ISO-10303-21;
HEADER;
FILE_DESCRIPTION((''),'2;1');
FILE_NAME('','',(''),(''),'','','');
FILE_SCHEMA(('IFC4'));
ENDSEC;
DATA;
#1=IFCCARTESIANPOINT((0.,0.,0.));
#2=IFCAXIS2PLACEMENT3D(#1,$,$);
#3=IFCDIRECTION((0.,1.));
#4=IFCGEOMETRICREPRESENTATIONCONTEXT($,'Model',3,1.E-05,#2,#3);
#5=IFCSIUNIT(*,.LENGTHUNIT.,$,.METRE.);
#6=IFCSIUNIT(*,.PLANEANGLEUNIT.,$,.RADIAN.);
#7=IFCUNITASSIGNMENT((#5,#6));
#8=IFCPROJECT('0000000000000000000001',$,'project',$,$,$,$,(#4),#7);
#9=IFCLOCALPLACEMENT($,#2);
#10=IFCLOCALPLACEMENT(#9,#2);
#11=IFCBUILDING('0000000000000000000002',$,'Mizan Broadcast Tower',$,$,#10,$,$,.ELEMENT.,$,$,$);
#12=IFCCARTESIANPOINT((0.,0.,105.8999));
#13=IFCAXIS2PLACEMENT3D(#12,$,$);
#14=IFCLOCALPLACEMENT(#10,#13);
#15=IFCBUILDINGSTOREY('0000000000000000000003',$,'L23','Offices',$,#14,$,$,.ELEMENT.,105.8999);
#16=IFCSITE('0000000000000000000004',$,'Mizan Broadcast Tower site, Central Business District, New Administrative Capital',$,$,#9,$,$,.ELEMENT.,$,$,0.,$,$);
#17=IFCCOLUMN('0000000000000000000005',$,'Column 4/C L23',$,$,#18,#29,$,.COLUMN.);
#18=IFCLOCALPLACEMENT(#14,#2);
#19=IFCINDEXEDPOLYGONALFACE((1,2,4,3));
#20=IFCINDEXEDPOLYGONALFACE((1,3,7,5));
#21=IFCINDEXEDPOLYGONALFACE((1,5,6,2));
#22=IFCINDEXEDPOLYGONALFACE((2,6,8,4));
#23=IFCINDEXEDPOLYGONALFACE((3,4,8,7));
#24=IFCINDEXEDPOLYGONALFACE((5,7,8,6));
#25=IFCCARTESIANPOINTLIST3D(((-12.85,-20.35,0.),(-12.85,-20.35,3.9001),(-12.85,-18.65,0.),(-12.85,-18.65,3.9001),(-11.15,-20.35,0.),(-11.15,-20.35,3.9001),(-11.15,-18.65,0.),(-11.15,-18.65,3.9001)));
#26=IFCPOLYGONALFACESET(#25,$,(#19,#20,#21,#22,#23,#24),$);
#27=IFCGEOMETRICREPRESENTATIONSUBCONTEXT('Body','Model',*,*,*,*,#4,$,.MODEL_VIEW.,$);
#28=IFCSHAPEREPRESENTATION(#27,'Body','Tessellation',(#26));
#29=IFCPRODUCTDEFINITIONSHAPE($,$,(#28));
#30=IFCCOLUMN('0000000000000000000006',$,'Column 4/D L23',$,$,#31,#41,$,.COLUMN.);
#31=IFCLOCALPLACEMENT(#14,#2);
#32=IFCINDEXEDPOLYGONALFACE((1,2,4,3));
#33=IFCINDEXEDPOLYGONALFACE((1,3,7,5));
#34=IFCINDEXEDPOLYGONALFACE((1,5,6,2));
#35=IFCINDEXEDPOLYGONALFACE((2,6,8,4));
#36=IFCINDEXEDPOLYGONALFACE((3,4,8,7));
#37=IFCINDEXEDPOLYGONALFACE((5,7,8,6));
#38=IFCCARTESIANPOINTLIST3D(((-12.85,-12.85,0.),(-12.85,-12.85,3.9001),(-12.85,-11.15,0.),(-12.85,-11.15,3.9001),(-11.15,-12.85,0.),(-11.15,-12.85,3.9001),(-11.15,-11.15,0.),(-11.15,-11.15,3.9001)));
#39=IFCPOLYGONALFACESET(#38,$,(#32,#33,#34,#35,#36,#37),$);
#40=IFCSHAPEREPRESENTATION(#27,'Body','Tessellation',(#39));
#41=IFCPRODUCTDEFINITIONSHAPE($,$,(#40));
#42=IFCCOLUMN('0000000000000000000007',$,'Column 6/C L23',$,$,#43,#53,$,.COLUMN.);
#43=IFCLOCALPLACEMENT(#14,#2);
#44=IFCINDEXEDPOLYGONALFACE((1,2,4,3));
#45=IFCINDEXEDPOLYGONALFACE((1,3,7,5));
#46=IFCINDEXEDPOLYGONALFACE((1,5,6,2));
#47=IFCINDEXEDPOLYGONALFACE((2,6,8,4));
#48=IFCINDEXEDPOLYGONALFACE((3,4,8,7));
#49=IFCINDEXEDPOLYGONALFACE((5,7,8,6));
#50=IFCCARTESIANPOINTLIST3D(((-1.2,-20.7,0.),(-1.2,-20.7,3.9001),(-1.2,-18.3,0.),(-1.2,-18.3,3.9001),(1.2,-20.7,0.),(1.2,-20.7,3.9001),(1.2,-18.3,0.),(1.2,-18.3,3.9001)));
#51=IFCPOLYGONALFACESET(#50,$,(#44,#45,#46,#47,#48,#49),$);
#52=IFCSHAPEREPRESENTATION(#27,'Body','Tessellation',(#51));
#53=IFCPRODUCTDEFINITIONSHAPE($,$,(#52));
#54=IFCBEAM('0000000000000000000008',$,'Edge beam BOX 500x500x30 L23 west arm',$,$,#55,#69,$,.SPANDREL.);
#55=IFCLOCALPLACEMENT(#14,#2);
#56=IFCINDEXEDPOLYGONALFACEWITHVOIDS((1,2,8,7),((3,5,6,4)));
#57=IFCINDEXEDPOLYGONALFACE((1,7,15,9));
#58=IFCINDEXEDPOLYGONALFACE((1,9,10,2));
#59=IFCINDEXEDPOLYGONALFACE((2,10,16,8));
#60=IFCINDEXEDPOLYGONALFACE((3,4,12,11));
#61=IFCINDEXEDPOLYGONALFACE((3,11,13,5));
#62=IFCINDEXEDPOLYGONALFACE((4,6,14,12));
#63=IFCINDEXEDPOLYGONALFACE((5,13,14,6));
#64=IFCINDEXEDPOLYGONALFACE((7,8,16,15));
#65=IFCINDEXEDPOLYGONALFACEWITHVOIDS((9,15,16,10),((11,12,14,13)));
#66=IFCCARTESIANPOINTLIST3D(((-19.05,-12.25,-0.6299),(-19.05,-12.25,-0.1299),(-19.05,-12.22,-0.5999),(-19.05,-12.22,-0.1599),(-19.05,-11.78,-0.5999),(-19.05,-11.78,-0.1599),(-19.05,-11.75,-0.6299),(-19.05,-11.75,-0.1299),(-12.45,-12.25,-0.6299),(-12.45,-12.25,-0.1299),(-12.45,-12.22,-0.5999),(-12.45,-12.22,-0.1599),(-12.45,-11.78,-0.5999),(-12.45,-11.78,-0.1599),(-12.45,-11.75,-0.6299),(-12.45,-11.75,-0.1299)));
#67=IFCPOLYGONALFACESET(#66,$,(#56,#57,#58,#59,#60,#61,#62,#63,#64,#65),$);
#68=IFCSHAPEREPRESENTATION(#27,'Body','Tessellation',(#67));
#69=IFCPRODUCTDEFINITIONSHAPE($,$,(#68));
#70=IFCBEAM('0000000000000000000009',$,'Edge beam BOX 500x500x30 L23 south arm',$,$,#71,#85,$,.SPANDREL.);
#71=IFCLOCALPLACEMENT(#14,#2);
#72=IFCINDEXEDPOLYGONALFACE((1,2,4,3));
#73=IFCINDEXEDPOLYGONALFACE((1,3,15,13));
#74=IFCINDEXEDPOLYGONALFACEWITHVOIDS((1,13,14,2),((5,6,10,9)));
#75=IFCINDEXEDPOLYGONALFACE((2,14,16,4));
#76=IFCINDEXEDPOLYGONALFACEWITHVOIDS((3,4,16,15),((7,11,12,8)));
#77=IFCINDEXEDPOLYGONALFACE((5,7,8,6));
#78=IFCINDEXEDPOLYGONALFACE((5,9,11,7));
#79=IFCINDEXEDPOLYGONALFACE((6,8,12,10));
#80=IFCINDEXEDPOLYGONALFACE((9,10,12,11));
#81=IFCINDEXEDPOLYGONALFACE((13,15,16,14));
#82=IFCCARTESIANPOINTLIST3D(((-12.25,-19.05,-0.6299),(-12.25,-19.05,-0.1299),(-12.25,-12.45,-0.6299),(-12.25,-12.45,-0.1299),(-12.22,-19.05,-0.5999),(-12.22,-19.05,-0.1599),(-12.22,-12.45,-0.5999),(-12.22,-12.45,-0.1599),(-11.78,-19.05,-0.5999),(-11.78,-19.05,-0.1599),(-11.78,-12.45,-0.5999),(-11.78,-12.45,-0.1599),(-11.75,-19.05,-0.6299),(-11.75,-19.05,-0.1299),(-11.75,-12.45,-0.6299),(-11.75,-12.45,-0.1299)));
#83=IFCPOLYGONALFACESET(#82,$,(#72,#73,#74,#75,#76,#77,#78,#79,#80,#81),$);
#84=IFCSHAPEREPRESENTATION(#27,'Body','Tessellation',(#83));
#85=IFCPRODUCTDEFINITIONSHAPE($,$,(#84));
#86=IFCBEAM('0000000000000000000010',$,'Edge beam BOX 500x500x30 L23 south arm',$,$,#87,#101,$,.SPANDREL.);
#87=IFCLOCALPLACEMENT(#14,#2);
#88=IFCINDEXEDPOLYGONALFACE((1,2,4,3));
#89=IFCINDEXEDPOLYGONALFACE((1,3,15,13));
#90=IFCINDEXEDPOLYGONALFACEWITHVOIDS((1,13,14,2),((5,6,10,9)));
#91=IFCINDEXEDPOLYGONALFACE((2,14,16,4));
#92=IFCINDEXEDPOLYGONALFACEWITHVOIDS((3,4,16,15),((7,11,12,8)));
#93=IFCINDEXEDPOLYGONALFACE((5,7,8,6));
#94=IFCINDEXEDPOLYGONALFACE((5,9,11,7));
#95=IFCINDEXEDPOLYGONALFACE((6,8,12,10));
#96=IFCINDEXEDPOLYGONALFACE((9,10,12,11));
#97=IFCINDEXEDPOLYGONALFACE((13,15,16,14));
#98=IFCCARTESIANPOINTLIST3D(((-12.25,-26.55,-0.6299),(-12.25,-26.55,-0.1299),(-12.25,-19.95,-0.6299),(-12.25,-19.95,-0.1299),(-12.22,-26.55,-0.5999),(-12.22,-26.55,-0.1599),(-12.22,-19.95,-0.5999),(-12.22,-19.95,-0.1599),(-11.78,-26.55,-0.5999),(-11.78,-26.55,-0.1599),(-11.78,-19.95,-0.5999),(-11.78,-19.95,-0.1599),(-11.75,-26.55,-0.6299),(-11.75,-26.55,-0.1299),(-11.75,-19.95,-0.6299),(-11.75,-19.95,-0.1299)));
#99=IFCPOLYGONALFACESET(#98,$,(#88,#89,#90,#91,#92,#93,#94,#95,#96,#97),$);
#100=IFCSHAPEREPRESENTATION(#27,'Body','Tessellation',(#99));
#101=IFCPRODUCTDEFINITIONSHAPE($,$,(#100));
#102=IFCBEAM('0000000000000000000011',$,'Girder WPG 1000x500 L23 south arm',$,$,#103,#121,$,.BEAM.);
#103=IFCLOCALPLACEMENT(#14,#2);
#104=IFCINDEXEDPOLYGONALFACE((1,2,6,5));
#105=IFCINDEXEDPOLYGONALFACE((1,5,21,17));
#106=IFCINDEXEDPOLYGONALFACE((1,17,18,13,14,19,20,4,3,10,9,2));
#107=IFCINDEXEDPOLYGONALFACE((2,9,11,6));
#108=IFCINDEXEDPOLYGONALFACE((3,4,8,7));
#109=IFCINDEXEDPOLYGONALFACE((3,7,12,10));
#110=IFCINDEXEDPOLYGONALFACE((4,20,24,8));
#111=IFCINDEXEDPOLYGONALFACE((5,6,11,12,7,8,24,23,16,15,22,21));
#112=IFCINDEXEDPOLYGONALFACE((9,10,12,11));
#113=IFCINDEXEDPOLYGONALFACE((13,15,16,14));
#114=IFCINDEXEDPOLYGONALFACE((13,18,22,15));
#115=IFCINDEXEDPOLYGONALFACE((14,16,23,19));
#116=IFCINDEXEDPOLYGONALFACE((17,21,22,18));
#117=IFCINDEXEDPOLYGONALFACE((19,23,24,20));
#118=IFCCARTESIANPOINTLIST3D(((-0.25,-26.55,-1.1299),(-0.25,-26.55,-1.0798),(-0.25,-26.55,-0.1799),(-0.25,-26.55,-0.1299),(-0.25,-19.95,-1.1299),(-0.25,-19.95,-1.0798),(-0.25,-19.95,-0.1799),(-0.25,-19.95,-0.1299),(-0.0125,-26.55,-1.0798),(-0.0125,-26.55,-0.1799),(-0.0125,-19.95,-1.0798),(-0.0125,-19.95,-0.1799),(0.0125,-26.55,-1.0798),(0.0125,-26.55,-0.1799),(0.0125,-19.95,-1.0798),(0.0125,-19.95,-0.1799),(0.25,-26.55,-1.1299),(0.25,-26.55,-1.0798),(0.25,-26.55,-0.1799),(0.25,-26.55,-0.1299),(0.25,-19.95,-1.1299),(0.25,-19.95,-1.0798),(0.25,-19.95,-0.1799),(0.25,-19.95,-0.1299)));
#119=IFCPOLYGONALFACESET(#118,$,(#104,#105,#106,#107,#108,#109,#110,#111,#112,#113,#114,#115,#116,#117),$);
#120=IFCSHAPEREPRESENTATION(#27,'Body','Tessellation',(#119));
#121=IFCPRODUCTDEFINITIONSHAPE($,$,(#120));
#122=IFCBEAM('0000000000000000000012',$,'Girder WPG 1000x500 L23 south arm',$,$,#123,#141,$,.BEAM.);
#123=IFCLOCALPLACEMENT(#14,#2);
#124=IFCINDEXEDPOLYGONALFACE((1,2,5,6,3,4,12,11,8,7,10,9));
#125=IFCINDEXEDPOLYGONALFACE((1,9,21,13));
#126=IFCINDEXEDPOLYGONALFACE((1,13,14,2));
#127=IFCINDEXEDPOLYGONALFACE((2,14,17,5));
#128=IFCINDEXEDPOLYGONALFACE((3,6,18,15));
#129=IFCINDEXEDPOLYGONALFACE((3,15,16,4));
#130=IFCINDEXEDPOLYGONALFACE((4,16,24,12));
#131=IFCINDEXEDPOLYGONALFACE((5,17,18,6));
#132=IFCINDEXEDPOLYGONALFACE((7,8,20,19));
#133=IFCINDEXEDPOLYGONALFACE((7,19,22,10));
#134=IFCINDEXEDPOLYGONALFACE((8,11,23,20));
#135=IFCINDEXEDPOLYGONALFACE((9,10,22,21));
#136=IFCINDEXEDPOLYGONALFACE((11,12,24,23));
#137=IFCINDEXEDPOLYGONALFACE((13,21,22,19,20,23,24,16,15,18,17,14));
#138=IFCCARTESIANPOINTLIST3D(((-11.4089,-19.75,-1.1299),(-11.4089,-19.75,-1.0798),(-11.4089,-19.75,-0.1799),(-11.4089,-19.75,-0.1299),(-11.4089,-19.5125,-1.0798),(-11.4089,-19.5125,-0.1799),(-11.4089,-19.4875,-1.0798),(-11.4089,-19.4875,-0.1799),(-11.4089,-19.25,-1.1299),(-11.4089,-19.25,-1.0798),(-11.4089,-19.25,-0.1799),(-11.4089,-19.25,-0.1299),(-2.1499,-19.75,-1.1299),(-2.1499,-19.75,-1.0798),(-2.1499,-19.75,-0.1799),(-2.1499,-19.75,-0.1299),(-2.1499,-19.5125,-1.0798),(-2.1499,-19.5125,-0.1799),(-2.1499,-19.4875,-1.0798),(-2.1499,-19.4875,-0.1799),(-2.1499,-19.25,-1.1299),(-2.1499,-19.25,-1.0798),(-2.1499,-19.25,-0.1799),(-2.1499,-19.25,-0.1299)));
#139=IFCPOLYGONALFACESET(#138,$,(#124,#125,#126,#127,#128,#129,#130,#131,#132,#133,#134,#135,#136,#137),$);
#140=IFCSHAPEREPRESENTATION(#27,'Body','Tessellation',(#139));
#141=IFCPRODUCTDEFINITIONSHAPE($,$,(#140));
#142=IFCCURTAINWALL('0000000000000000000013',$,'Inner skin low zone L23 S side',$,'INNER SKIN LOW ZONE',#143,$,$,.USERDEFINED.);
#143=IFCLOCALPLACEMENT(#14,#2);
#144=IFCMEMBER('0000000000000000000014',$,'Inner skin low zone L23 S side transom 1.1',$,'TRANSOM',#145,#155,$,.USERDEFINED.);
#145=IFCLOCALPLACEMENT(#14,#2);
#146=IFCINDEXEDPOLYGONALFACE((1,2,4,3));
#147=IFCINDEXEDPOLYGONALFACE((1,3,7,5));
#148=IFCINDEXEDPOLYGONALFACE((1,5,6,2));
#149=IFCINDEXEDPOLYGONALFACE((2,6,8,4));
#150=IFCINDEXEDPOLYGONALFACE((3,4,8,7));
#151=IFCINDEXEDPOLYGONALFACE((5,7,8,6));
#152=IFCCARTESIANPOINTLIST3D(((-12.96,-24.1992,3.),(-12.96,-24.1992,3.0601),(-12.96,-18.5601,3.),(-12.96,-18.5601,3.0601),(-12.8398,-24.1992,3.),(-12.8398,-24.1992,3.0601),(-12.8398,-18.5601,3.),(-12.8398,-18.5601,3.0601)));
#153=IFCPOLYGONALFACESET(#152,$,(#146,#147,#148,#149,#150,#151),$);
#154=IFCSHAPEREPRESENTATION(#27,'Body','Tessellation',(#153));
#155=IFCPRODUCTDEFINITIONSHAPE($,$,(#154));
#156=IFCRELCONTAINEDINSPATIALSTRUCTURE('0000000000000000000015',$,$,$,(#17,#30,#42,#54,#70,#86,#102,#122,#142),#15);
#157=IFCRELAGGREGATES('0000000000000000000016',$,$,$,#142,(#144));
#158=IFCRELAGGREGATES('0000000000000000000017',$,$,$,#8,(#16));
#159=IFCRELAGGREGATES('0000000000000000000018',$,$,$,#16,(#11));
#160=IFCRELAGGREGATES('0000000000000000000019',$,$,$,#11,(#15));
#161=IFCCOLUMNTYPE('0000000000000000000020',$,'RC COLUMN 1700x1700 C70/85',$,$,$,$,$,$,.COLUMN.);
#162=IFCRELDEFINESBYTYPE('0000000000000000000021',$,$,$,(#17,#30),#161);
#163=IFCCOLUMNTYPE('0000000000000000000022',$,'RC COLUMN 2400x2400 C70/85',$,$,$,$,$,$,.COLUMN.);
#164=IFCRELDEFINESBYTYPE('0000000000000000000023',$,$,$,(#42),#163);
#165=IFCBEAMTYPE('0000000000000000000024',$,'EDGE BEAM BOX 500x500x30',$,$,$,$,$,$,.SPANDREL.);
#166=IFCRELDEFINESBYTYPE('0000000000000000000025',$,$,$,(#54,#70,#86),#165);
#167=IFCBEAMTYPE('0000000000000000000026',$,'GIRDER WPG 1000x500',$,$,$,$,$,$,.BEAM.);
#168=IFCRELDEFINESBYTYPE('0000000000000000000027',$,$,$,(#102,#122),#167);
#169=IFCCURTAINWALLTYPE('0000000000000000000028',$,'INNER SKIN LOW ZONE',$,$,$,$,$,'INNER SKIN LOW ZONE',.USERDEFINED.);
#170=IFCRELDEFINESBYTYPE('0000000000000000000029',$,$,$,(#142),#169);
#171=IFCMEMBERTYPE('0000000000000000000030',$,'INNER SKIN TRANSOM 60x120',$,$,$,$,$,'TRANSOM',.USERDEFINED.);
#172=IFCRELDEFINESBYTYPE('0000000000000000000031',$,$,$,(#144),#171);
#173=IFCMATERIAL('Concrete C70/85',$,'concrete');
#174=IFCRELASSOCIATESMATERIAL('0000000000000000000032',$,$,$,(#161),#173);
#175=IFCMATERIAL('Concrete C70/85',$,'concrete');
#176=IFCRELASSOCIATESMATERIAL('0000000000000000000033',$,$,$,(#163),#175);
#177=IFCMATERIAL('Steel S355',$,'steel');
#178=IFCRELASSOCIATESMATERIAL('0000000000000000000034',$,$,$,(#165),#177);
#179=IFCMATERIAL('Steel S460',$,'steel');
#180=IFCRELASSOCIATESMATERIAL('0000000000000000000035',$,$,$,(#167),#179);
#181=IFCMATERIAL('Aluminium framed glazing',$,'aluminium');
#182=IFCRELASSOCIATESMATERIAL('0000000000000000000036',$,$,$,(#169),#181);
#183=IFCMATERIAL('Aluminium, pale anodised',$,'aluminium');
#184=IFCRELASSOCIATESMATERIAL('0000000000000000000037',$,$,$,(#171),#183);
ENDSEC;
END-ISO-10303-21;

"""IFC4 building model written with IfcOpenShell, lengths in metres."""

from ifc_helpers import new_model, si_unit, direction, frame, origin, origin_2d, place, context, subcontext, project, spatial, rectangle, hollow_rectangle, i_section, extrude, material, material_profile, profile_set, type_object, element, aggregate, save


model = new_model("IFC4")

# Units and contexts
model_context = context("Model", 3, precision=1e-05, world=origin(), true_north=direction((0.0, 1.0)))
body_context = subcontext(model_context, "Body", "Model", "MODEL_VIEW")
ifc_project = project(units=[si_unit("LENGTHUNIT", "METRE"), si_unit("PLANEANGLEUNIT", "RADIAN")], contexts=[model_context])

# Site, building, storey
site_placement = place(None, origin())
site = spatial("IfcSite", under=ifc_project, at=site_placement, Name="Mizan Broadcast Tower site, Central Business District, New Administrative Capital", CompositionType="ELEMENT", RefElevation=0.0)
building_placement = place(site_placement, origin())
building = spatial("IfcBuilding", under=site, at=building_placement, Name="Mizan Broadcast Tower", CompositionType="ELEMENT")
storey_placement = place(building_placement, frame((0.0, 0.0, 105.8999)))
storey = spatial("IfcBuildingStorey", under=building, at=storey_placement, Name="L23", Description="Offices", CompositionType="ELEMENT", Elevation=105.8999)

# Columns
ifc_material_1 = material(Name="Concrete C70/85", Category="concrete")
ifc_material_profile_1 = material_profile(ifc_material_1, rectangle(XDim=1.7, YDim=1.7, at=origin_2d()), Name="RC 1700x1700")
ifc_profile_set_1 = profile_set([ifc_material_profile_1], Name="Concrete C70/85")
column_type_1 = type_object("IfcColumnType", Name="RC COLUMN 1700x1700 C70/85", PredefinedType="COLUMN", material=ifc_profile_set_1)
for number, where, z_axis, x_axis, name in (
    (1, (-12.0, -19.5, 0.0), (0.0, 0.0, 1.0), (1.0, 0.0, 0.0), "Column 4/C L23"),
    (2, (-12.0, -12.0, 0.0), (0.0, 0.0, 1.0), (1.0, 0.0, 0.0), "Column 4/D L23"),
):
    element("IfcColumn", number, at=place(storey_placement, frame(where, z_axis=z_axis, x_axis=x_axis)), inside=storey, type_object=column_type_1, Name=name, PredefinedType="COLUMN", context=body_context, shape_type="SweptSolid", body=[
        extrude(rectangle(XDim=1.7, YDim=1.7, at=origin_2d()), origin(), (0.0, 0.0, 1.0), 3.9001),
    ])
ifc_material_2 = material(Name="Concrete C70/85", Category="concrete")
ifc_material_profile_2 = material_profile(ifc_material_2, rectangle(XDim=2.3999, YDim=2.3999, at=origin_2d()), Name="RC 2400x2400")
ifc_profile_set_2 = profile_set([ifc_material_profile_2], Name="Concrete C70/85")
column_type_2 = type_object("IfcColumnType", Name="RC COLUMN 2400x2400 C70/85", PredefinedType="COLUMN", material=ifc_profile_set_2)
column_placement = place(storey_placement, frame((0.0, -19.5, 0.0), z_axis=(0.0, 0.0, 1.0), x_axis=(1.0, 0.0, 0.0)))
element("IfcColumn", 3, at=column_placement, inside=storey, type_object=column_type_2, Name="Column 6/C L23", PredefinedType="COLUMN", context=body_context, shape_type="SweptSolid", body=[
    extrude(rectangle(XDim=2.3999, YDim=2.3999, at=origin_2d()), origin(), (0.0, 0.0, 1.0), 3.9001),
])

# Beams
ifc_material_3 = material(Name="Steel S355", Category="steel")
ifc_material_profile_3 = material_profile(ifc_material_3, hollow_rectangle(XDim=0.5, YDim=0.5, WallThickness=0.03, at=origin_2d()), Name="BOX 500x500x30")
ifc_profile_set_3 = profile_set([ifc_material_profile_3], Name="Steel S355")
beam_type_1 = type_object("IfcBeamType", Name="EDGE BEAM BOX 500x500x30", PredefinedType="SPANDREL", material=ifc_profile_set_3)
for number, where, z_axis, x_axis, name in (
    (4, (-12.45, -12.0, -0.3799), (-1.0, 0.0, 0.0), (0.0, -1.0, 0.0), "Edge beam BOX 500x500x30 L23 west arm"),
    (5, (-12.0, -12.45, -0.3799), (0.0, -1.0, 0.0), (1.0, 0.0, 0.0), "Edge beam BOX 500x500x30 L23 south arm"),
    (6, (-12.0, -19.95, -0.3799), (0.0, -1.0, 0.0), (1.0, 0.0, 0.0), "Edge beam BOX 500x500x30 L23 south arm"),
):
    element("IfcBeam", number, at=place(storey_placement, frame(where, z_axis=z_axis, x_axis=x_axis)), inside=storey, type_object=beam_type_1, Name=name, PredefinedType="SPANDREL", context=body_context, shape_type="SweptSolid", body=[
        extrude(hollow_rectangle(XDim=0.5, YDim=0.5, WallThickness=0.03, at=origin_2d()), origin(), (0.0, 0.0, 1.0), 6.6001),
    ])
ifc_material_4 = material(Name="Steel S460", Category="steel")
ifc_material_profile_4 = material_profile(ifc_material_4, i_section(OverallWidth=0.5, OverallDepth=1.0, WebThickness=0.0249, FlangeThickness=0.05, at=origin_2d()), Name="WPG 1000x500")
ifc_profile_set_4 = profile_set([ifc_material_profile_4], Name="Steel S460")
beam_type_2 = type_object("IfcBeamType", Name="GIRDER WPG 1000x500", PredefinedType="BEAM", material=ifc_profile_set_4)
beam_1_placement = place(storey_placement, frame((0.0, -19.95, -0.6299), z_axis=(0.0, -1.0, 0.0), x_axis=(1.0, 0.0, 0.0)))
element("IfcBeam", 7, at=beam_1_placement, inside=storey, type_object=beam_type_2, Name="Girder WPG 1000x500 L23 south arm", PredefinedType="BEAM", context=body_context, shape_type="SweptSolid", body=[
    extrude(i_section(OverallWidth=0.5, OverallDepth=1.0, WebThickness=0.0249, FlangeThickness=0.05, at=origin_2d()), origin(), (0.0, 0.0, 1.0), 6.6001),
])
beam_2_placement = place(storey_placement, frame((-11.4089, -19.5, -0.6299), z_axis=(1.0, 0.0, 0.0), x_axis=(0.0, 1.0, 0.0)))
element("IfcBeam", 8, at=beam_2_placement, inside=storey, type_object=beam_type_2, Name="Girder WPG 1000x500 L23 south arm", PredefinedType="BEAM", context=body_context, shape_type="SweptSolid", body=[
    extrude(i_section(OverallWidth=0.5, OverallDepth=1.0, WebThickness=0.0249, FlangeThickness=0.05, at=origin_2d()), origin(), (0.0, 0.0, 1.0), 9.259),
])

# Curtain wall, member
ifc_material_5 = material(Name="Aluminium framed glazing", Category="aluminium")
curtain_wall_type = type_object("IfcCurtainWallType", Name="INNER SKIN LOW ZONE", ElementType="INNER SKIN LOW ZONE", PredefinedType="USERDEFINED", material=ifc_material_5)
curtain_wall_placement = place(storey_placement, origin())
curtain_wall = element("IfcCurtainWall", 9, at=curtain_wall_placement, inside=storey, type_object=curtain_wall_type, Name="Inner skin low zone L23 S side", ObjectType="INNER SKIN LOW ZONE", PredefinedType="USERDEFINED")
ifc_material_6 = material(Name="Aluminium, pale anodised", Category="aluminium")
ifc_material_profile_5 = material_profile(ifc_material_6, rectangle(XDim=0.1201, YDim=0.0601, at=origin_2d()), Name="TRANSOM 120x60")
ifc_profile_set_5 = profile_set([ifc_material_profile_5], Name="Aluminium, pale anodised")
member_type = type_object("IfcMemberType", Name="INNER SKIN TRANSOM 60x120", ElementType="TRANSOM", PredefinedType="USERDEFINED", material=ifc_profile_set_5)
member_placement = place(storey_placement, frame((-12.8999, -18.5601, 3.03), z_axis=(0.0, -1.0, 0.0), x_axis=(1.0, 0.0, 0.0)))
member = element("IfcMember", 10, at=member_placement, type_object=member_type, Name="Inner skin low zone L23 S side transom 1.1", ObjectType="TRANSOM", PredefinedType="USERDEFINED", context=body_context, shape_type="SweptSolid", body=[
    extrude(rectangle(XDim=0.1201, YDim=0.0601, at=origin_2d()), origin(), (0.0, 0.0, 1.0), 5.6392),
])

aggregate(curtain_wall, [member])

save(model, "model.ifc")
